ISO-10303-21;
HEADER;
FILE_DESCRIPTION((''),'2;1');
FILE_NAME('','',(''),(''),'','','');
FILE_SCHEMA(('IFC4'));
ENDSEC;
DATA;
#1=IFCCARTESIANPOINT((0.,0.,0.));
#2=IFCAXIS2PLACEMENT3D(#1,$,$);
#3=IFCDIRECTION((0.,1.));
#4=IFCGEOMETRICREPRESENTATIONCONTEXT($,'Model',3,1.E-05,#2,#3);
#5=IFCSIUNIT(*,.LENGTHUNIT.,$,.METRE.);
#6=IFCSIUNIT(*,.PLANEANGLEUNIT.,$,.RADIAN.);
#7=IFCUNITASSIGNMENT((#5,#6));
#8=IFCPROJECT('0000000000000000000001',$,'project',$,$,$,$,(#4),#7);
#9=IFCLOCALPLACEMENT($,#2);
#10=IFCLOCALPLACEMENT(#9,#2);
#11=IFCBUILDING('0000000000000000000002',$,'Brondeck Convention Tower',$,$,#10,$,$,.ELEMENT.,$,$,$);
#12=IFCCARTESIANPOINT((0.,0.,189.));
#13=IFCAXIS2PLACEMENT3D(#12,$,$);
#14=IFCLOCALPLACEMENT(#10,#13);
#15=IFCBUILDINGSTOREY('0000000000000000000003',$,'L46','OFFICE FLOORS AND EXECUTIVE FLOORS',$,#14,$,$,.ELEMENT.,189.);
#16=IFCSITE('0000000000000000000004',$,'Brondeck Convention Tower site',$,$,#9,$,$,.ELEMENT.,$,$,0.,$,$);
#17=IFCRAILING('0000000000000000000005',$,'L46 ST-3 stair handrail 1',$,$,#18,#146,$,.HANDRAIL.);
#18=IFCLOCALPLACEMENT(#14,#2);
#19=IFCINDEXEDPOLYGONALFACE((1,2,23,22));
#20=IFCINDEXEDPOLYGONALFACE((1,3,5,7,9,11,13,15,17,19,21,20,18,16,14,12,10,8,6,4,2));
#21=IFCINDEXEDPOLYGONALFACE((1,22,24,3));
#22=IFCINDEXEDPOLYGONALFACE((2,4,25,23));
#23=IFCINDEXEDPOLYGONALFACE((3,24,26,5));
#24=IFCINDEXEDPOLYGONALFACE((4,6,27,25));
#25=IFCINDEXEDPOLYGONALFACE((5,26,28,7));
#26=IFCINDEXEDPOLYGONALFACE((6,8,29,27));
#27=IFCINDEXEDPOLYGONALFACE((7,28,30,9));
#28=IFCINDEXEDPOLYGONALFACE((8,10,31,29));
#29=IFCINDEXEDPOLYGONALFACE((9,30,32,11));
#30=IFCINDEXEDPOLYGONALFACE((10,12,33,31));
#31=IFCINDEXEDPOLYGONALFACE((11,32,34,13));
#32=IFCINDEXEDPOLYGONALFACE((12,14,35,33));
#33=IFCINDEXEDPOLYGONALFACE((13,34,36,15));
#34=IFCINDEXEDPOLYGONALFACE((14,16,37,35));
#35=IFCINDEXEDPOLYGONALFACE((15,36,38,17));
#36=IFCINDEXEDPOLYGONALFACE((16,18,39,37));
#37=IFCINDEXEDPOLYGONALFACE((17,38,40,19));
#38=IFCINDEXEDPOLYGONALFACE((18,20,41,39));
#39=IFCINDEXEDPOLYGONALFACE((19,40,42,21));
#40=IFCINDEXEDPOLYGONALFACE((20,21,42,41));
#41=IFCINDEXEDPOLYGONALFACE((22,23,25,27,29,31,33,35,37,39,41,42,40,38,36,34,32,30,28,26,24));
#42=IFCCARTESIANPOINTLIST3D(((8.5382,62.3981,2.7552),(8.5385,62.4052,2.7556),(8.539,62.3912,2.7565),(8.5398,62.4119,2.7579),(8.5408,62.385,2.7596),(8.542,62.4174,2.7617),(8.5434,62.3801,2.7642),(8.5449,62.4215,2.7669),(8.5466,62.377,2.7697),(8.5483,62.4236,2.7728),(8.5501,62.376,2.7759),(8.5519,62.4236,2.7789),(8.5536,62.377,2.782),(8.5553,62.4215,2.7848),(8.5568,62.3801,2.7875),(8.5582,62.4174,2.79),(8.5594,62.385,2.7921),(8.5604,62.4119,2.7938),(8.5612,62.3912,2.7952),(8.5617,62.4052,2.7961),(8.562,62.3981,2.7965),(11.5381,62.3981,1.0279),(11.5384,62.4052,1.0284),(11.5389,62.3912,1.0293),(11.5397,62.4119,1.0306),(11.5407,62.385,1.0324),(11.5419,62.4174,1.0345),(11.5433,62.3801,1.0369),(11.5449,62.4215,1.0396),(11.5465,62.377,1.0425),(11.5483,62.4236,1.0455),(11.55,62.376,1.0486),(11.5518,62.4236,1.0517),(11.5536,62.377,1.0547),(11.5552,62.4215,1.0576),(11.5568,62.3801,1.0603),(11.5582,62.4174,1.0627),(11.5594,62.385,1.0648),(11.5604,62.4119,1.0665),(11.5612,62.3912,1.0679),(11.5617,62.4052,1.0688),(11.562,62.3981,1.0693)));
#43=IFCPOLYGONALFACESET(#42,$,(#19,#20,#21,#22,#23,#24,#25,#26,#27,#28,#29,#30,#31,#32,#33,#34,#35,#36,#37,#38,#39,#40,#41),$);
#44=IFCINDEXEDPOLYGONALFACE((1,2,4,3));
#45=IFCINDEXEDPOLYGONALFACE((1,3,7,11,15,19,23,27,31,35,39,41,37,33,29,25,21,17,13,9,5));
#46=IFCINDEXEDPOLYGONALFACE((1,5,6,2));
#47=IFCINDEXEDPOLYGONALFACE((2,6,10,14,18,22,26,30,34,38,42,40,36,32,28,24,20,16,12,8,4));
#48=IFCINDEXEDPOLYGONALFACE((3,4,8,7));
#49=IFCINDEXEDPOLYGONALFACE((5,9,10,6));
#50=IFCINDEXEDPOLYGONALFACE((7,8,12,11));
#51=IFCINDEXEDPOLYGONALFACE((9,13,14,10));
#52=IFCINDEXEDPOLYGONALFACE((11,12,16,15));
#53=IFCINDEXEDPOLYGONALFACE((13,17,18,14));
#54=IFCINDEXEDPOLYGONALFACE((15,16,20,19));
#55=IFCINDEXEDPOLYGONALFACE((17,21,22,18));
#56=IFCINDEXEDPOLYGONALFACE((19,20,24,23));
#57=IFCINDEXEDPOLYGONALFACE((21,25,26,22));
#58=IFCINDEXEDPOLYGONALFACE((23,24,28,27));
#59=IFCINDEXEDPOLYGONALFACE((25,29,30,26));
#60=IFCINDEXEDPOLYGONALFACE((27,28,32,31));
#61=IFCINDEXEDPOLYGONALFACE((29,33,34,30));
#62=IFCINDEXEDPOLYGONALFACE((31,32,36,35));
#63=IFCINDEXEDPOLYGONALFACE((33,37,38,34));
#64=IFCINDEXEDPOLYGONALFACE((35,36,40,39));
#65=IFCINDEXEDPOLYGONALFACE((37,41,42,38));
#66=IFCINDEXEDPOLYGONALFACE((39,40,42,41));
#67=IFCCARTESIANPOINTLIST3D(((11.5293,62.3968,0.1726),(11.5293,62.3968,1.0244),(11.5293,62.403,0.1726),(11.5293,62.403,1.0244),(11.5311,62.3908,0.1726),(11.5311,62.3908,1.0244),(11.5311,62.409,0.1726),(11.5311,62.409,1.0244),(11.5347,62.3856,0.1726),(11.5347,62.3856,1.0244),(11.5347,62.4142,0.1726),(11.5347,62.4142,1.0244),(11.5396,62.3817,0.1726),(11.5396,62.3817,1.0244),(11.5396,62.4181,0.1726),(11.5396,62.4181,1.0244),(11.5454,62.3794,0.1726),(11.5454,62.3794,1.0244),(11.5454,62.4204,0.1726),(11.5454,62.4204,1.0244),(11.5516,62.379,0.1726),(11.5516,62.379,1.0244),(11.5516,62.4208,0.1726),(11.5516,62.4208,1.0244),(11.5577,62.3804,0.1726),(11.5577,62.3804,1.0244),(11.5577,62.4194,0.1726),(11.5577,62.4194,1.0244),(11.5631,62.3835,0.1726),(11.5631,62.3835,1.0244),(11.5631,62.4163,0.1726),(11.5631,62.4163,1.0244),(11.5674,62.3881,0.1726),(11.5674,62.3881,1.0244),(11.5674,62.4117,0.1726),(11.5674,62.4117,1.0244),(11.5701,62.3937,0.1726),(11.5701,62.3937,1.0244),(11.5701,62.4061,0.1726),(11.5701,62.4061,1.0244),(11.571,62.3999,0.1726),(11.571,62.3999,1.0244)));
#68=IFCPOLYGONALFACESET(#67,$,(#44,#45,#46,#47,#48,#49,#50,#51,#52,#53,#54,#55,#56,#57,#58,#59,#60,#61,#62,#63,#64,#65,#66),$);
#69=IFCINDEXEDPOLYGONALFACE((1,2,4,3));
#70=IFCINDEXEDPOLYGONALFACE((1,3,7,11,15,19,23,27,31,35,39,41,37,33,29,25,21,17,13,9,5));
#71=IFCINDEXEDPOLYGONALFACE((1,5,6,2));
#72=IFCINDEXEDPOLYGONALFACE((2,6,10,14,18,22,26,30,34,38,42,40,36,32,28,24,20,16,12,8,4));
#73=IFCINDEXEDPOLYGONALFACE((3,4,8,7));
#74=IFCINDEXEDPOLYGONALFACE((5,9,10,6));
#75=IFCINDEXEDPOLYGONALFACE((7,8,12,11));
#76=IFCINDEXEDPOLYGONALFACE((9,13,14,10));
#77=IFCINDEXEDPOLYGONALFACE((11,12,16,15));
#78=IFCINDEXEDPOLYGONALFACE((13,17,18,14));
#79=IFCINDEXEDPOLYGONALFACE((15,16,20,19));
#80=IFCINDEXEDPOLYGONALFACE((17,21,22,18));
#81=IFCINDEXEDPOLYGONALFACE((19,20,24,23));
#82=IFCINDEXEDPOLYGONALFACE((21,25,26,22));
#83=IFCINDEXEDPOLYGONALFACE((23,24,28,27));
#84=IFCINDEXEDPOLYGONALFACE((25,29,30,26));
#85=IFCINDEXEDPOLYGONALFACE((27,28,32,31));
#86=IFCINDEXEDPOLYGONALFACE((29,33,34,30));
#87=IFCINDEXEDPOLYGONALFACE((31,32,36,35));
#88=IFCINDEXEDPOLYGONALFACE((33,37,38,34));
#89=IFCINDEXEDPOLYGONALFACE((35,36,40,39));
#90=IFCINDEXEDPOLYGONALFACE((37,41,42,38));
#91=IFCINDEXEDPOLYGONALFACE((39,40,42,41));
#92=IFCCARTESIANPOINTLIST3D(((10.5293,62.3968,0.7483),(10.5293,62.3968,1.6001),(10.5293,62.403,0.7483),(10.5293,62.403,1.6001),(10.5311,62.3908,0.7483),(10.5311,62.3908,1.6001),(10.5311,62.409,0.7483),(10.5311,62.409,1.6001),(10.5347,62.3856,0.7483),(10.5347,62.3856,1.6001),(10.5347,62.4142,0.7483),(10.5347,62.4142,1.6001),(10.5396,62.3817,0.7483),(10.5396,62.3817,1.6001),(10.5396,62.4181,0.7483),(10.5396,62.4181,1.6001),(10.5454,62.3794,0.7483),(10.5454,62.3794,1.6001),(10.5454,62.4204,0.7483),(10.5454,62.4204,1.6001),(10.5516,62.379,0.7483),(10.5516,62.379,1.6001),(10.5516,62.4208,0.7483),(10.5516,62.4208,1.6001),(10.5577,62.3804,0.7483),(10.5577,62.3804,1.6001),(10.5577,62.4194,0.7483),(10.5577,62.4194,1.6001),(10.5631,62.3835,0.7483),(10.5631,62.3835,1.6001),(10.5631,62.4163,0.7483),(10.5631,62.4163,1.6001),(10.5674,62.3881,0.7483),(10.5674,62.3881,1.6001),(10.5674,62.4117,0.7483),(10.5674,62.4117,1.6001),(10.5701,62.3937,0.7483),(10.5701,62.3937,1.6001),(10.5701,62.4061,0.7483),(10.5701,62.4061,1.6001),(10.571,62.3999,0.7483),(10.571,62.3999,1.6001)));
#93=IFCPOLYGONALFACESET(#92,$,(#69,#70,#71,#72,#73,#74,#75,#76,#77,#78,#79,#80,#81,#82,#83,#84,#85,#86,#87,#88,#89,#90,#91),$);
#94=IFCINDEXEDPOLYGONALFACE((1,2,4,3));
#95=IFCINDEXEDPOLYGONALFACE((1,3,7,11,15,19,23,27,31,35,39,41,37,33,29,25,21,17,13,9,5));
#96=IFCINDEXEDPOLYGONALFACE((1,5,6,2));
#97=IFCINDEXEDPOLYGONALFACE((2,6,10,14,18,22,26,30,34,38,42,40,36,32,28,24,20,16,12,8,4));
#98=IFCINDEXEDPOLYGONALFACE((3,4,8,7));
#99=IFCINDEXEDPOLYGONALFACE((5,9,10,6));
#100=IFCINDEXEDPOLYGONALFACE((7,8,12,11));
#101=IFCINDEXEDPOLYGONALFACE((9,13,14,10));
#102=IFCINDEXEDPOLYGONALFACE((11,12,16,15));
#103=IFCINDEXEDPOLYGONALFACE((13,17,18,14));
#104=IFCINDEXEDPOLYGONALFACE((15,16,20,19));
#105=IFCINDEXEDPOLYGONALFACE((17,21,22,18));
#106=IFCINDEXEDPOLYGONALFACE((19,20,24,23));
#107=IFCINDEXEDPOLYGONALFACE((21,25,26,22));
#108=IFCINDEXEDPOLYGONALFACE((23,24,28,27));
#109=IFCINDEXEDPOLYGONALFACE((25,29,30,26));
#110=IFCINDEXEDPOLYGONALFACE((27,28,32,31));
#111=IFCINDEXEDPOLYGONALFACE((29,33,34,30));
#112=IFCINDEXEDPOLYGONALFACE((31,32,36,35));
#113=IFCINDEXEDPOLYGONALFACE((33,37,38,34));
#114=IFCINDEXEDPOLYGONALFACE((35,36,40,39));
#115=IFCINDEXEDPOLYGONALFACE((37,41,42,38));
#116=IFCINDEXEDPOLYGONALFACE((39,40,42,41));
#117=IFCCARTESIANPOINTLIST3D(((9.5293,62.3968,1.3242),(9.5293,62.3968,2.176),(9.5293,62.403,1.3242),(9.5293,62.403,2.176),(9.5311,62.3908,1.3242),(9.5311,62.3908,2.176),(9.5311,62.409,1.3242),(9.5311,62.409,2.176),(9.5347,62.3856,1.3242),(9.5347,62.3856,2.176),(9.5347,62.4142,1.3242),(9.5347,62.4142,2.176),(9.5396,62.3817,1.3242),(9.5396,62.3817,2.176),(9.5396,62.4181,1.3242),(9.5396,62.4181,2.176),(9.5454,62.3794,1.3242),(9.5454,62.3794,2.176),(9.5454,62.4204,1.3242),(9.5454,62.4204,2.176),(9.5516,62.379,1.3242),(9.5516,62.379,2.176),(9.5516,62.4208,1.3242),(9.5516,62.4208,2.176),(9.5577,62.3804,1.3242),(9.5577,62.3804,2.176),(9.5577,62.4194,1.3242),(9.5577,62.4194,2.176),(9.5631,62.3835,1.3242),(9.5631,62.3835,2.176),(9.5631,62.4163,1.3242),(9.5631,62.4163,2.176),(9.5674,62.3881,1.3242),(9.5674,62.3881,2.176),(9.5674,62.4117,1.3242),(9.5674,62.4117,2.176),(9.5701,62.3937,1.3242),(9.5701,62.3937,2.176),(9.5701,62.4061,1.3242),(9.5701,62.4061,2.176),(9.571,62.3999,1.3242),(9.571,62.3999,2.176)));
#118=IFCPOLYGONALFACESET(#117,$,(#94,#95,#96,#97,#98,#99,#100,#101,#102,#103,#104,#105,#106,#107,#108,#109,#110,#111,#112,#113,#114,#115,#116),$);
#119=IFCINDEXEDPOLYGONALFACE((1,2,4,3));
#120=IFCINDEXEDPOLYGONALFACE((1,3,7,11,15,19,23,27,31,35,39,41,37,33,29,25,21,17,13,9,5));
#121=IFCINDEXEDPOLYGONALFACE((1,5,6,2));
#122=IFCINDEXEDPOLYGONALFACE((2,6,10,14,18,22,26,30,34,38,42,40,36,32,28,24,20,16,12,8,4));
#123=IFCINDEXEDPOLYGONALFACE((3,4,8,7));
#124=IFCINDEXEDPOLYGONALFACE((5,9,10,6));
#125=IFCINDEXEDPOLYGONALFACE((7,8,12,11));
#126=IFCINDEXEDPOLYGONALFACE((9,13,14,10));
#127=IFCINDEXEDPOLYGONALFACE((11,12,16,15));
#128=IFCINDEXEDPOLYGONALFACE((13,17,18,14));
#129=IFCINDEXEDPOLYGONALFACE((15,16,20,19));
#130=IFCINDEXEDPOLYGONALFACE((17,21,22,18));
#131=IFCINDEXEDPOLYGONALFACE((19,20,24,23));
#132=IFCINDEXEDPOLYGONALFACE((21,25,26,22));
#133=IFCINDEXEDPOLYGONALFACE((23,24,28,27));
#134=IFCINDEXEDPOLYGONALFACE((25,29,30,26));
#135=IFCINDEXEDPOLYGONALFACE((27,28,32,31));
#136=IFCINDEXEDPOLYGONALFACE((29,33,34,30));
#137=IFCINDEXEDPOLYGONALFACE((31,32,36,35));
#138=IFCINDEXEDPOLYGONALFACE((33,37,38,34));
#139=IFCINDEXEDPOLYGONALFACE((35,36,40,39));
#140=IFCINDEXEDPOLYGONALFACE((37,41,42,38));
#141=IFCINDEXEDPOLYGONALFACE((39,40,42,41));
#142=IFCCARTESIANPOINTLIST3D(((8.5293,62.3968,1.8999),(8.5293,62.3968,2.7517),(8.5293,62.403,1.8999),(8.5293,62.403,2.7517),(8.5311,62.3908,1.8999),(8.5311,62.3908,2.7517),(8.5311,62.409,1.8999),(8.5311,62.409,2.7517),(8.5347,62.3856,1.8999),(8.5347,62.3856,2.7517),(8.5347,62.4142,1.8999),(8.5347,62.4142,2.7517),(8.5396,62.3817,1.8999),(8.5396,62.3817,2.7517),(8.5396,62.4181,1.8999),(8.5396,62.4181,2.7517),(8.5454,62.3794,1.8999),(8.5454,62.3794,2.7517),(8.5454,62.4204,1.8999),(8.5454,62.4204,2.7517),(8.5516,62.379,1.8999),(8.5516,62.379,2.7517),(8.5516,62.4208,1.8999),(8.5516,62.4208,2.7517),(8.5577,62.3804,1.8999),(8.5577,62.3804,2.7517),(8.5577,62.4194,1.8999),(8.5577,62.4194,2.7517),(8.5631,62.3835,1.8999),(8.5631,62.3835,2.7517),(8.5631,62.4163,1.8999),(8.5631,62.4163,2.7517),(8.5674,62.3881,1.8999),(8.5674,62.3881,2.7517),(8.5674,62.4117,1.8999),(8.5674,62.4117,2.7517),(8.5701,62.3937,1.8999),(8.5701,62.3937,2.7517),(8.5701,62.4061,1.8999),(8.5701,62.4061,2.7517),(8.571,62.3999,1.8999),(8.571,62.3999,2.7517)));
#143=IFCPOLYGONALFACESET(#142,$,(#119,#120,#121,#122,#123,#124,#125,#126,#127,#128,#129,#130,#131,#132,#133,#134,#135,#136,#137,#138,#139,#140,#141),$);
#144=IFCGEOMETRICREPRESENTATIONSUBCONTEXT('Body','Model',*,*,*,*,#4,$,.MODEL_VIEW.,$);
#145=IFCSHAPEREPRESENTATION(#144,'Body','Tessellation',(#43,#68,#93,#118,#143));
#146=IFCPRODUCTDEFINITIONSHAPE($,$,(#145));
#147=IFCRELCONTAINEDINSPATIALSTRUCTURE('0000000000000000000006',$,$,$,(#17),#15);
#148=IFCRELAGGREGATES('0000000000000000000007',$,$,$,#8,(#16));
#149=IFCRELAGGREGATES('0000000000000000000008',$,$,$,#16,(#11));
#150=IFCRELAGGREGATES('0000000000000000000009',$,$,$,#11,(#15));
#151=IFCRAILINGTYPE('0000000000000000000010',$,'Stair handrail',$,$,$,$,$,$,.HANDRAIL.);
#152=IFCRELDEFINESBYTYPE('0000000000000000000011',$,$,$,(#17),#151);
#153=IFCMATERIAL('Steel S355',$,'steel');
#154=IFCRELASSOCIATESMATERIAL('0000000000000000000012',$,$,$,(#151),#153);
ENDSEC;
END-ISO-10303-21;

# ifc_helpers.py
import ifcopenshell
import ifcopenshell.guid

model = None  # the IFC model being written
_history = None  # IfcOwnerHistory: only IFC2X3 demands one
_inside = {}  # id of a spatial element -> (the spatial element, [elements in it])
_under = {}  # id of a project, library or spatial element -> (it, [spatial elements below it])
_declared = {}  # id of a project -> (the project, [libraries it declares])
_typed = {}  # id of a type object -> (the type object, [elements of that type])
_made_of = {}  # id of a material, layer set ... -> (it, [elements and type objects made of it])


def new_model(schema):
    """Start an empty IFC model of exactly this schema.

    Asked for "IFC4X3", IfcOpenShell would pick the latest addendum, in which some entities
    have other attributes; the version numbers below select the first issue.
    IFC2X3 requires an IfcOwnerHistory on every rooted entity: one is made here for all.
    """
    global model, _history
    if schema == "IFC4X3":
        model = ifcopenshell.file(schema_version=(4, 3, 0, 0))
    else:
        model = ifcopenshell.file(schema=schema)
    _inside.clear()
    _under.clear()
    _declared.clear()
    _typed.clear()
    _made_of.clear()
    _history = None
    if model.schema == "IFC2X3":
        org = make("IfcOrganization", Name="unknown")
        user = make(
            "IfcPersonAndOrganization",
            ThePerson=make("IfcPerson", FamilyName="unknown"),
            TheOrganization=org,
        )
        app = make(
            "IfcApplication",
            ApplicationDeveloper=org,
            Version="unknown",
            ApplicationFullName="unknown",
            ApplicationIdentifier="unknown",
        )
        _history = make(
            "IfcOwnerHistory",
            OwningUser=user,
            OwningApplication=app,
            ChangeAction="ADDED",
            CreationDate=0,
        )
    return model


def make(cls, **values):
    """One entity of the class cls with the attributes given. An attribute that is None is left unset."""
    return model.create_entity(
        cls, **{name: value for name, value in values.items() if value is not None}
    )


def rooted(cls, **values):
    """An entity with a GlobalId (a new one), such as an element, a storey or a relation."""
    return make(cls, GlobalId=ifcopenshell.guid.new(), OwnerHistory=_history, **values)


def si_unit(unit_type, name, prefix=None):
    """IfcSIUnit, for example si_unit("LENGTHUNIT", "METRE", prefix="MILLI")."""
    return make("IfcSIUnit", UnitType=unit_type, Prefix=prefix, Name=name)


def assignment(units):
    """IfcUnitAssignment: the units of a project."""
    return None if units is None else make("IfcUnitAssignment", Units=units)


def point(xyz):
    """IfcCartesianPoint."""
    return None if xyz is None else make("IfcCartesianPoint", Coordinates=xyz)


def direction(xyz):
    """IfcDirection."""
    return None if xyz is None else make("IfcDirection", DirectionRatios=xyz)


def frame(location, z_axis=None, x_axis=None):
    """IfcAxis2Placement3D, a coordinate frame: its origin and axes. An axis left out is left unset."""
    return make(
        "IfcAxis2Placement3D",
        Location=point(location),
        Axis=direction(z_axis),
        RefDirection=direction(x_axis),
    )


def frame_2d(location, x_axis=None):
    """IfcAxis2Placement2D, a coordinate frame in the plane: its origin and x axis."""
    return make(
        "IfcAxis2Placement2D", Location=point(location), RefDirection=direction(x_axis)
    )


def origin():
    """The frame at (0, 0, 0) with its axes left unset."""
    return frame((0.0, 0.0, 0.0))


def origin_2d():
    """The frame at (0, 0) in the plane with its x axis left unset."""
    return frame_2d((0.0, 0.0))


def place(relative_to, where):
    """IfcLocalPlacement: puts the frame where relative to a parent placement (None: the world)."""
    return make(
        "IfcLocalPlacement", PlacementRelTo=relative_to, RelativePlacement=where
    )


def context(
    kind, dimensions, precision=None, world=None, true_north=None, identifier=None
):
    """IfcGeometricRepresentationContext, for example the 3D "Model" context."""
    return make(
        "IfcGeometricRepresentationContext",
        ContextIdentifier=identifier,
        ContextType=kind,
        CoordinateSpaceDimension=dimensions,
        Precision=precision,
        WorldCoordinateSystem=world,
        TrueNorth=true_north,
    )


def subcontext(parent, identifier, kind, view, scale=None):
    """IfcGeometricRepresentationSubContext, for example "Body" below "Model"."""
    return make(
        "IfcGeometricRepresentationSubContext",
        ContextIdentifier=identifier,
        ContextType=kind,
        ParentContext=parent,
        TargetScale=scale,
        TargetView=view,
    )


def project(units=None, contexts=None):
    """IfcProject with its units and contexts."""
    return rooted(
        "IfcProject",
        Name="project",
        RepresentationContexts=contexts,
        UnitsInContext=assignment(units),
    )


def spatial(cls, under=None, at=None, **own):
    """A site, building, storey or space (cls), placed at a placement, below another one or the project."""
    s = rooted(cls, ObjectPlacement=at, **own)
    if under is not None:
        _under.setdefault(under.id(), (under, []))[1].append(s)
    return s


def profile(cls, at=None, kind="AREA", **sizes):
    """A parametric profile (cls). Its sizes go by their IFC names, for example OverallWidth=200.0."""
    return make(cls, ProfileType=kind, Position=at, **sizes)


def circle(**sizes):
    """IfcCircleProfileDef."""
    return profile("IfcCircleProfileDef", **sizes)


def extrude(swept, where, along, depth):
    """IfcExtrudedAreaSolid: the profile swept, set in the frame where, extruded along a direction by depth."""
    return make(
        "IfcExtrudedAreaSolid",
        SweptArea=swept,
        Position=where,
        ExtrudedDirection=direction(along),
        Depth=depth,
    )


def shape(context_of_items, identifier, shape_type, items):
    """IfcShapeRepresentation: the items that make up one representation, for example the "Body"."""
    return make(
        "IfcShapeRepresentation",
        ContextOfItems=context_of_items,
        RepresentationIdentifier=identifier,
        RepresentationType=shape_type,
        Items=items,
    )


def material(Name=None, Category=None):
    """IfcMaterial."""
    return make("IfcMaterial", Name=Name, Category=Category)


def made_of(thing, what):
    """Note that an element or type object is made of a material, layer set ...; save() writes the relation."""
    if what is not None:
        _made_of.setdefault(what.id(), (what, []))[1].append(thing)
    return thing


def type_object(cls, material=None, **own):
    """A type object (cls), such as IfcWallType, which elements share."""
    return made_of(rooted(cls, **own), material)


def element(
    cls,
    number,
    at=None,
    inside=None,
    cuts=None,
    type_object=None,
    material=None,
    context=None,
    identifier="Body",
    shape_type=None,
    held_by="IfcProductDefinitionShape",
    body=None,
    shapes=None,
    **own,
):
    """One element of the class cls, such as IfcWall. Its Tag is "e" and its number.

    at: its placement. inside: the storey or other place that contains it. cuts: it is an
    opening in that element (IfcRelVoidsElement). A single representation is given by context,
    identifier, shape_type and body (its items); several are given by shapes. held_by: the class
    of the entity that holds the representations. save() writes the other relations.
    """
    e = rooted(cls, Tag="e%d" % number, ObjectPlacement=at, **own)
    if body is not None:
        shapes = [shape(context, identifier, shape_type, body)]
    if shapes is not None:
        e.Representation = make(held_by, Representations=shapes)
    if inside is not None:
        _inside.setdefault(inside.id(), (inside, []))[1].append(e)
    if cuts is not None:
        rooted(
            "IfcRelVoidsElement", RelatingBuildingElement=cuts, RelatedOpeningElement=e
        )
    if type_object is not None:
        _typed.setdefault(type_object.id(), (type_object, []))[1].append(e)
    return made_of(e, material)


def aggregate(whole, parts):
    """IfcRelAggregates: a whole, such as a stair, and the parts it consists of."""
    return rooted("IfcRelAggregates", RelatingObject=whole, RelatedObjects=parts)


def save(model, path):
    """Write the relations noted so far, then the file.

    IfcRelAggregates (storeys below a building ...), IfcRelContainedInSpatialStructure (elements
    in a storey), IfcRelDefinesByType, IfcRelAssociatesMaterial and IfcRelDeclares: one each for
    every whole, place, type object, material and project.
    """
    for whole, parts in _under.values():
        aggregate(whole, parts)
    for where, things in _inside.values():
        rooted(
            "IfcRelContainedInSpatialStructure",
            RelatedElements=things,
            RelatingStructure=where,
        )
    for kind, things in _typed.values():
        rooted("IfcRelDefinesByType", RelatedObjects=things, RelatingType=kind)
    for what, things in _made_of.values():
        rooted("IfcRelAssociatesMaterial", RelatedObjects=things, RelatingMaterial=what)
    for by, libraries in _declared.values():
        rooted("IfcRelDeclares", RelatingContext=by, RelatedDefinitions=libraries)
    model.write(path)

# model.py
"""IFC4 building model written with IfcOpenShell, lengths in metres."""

from ifc_helpers import new_model, si_unit, direction, frame, origin, origin_2d, place, context, subcontext, project, spatial, circle, extrude, material, type_object, element, save


model = new_model("IFC4")

# Units and contexts
model_context = context("Model", 3, precision=1e-05, world=origin(), true_north=direction((0.0, 1.0)))
body_context = subcontext(model_context, "Body", "Model", "MODEL_VIEW")
ifc_project = project(units=[si_unit("LENGTHUNIT", "METRE"), si_unit("PLANEANGLEUNIT", "RADIAN")], contexts=[model_context])

# Site, building, storey
site_placement = place(None, origin())
site = spatial("IfcSite", under=ifc_project, at=site_placement, Name="Brondeck Convention Tower site", CompositionType="ELEMENT", RefElevation=0.0)
building_placement = place(site_placement, origin())
building = spatial("IfcBuilding", under=site, at=building_placement, Name="Brondeck Convention Tower", CompositionType="ELEMENT")
storey_placement = place(building_placement, frame((0.0, 0.0, 189.0)))
storey = spatial("IfcBuildingStorey", under=building, at=storey_placement, Name="L46", Description="OFFICE FLOORS AND EXECUTIVE FLOORS", CompositionType="ELEMENT", Elevation=189.0)

# Railing
ifc_material_1 = material(Name="Steel S355", Category="steel")
railing_type_1 = type_object("IfcRailingType", Name="Stair handrail", PredefinedType="HANDRAIL", material=ifc_material_1)
railing_1_placement = place(storey_placement, frame((11.55, 62.3999, 0.1726)))
element("IfcRailing", 1, at=railing_1_placement, inside=storey, type_object=railing_type_1, Name="L46 ST-3 stair handrail 1", PredefinedType="HANDRAIL", context=body_context, shape_type="SweptSolid", body=[
    extrude(circle(Radius=0.0239, at=origin_2d()), frame((0.0, 0.0, 0.876), z_axis=(-0.86662, 0.0, 0.498969), x_axis=(0.0, -1.0, 0.0)), (0.0, 0.0, 1.0), 3.4617),
    extrude(circle(Radius=0.021, at=origin_2d()), origin(), (0.0, 0.0, 1.0), 0.8518),
    extrude(circle(Radius=0.021, at=origin_2d()), frame((-1.0, 0.0, 0.5757)), (0.0, 0.0, 1.0), 0.8518),
    extrude(circle(Radius=0.021, at=origin_2d()), frame((-2.0, 0.0, 1.1516)), (0.0, 0.0, 1.0), 0.8518),
    extrude(circle(Radius=0.021, at=origin_2d()), frame((-3.0, 0.0, 1.7273)), (0.0, 0.0, 1.0), 0.8518),
])

save(model, "model.ifc")
